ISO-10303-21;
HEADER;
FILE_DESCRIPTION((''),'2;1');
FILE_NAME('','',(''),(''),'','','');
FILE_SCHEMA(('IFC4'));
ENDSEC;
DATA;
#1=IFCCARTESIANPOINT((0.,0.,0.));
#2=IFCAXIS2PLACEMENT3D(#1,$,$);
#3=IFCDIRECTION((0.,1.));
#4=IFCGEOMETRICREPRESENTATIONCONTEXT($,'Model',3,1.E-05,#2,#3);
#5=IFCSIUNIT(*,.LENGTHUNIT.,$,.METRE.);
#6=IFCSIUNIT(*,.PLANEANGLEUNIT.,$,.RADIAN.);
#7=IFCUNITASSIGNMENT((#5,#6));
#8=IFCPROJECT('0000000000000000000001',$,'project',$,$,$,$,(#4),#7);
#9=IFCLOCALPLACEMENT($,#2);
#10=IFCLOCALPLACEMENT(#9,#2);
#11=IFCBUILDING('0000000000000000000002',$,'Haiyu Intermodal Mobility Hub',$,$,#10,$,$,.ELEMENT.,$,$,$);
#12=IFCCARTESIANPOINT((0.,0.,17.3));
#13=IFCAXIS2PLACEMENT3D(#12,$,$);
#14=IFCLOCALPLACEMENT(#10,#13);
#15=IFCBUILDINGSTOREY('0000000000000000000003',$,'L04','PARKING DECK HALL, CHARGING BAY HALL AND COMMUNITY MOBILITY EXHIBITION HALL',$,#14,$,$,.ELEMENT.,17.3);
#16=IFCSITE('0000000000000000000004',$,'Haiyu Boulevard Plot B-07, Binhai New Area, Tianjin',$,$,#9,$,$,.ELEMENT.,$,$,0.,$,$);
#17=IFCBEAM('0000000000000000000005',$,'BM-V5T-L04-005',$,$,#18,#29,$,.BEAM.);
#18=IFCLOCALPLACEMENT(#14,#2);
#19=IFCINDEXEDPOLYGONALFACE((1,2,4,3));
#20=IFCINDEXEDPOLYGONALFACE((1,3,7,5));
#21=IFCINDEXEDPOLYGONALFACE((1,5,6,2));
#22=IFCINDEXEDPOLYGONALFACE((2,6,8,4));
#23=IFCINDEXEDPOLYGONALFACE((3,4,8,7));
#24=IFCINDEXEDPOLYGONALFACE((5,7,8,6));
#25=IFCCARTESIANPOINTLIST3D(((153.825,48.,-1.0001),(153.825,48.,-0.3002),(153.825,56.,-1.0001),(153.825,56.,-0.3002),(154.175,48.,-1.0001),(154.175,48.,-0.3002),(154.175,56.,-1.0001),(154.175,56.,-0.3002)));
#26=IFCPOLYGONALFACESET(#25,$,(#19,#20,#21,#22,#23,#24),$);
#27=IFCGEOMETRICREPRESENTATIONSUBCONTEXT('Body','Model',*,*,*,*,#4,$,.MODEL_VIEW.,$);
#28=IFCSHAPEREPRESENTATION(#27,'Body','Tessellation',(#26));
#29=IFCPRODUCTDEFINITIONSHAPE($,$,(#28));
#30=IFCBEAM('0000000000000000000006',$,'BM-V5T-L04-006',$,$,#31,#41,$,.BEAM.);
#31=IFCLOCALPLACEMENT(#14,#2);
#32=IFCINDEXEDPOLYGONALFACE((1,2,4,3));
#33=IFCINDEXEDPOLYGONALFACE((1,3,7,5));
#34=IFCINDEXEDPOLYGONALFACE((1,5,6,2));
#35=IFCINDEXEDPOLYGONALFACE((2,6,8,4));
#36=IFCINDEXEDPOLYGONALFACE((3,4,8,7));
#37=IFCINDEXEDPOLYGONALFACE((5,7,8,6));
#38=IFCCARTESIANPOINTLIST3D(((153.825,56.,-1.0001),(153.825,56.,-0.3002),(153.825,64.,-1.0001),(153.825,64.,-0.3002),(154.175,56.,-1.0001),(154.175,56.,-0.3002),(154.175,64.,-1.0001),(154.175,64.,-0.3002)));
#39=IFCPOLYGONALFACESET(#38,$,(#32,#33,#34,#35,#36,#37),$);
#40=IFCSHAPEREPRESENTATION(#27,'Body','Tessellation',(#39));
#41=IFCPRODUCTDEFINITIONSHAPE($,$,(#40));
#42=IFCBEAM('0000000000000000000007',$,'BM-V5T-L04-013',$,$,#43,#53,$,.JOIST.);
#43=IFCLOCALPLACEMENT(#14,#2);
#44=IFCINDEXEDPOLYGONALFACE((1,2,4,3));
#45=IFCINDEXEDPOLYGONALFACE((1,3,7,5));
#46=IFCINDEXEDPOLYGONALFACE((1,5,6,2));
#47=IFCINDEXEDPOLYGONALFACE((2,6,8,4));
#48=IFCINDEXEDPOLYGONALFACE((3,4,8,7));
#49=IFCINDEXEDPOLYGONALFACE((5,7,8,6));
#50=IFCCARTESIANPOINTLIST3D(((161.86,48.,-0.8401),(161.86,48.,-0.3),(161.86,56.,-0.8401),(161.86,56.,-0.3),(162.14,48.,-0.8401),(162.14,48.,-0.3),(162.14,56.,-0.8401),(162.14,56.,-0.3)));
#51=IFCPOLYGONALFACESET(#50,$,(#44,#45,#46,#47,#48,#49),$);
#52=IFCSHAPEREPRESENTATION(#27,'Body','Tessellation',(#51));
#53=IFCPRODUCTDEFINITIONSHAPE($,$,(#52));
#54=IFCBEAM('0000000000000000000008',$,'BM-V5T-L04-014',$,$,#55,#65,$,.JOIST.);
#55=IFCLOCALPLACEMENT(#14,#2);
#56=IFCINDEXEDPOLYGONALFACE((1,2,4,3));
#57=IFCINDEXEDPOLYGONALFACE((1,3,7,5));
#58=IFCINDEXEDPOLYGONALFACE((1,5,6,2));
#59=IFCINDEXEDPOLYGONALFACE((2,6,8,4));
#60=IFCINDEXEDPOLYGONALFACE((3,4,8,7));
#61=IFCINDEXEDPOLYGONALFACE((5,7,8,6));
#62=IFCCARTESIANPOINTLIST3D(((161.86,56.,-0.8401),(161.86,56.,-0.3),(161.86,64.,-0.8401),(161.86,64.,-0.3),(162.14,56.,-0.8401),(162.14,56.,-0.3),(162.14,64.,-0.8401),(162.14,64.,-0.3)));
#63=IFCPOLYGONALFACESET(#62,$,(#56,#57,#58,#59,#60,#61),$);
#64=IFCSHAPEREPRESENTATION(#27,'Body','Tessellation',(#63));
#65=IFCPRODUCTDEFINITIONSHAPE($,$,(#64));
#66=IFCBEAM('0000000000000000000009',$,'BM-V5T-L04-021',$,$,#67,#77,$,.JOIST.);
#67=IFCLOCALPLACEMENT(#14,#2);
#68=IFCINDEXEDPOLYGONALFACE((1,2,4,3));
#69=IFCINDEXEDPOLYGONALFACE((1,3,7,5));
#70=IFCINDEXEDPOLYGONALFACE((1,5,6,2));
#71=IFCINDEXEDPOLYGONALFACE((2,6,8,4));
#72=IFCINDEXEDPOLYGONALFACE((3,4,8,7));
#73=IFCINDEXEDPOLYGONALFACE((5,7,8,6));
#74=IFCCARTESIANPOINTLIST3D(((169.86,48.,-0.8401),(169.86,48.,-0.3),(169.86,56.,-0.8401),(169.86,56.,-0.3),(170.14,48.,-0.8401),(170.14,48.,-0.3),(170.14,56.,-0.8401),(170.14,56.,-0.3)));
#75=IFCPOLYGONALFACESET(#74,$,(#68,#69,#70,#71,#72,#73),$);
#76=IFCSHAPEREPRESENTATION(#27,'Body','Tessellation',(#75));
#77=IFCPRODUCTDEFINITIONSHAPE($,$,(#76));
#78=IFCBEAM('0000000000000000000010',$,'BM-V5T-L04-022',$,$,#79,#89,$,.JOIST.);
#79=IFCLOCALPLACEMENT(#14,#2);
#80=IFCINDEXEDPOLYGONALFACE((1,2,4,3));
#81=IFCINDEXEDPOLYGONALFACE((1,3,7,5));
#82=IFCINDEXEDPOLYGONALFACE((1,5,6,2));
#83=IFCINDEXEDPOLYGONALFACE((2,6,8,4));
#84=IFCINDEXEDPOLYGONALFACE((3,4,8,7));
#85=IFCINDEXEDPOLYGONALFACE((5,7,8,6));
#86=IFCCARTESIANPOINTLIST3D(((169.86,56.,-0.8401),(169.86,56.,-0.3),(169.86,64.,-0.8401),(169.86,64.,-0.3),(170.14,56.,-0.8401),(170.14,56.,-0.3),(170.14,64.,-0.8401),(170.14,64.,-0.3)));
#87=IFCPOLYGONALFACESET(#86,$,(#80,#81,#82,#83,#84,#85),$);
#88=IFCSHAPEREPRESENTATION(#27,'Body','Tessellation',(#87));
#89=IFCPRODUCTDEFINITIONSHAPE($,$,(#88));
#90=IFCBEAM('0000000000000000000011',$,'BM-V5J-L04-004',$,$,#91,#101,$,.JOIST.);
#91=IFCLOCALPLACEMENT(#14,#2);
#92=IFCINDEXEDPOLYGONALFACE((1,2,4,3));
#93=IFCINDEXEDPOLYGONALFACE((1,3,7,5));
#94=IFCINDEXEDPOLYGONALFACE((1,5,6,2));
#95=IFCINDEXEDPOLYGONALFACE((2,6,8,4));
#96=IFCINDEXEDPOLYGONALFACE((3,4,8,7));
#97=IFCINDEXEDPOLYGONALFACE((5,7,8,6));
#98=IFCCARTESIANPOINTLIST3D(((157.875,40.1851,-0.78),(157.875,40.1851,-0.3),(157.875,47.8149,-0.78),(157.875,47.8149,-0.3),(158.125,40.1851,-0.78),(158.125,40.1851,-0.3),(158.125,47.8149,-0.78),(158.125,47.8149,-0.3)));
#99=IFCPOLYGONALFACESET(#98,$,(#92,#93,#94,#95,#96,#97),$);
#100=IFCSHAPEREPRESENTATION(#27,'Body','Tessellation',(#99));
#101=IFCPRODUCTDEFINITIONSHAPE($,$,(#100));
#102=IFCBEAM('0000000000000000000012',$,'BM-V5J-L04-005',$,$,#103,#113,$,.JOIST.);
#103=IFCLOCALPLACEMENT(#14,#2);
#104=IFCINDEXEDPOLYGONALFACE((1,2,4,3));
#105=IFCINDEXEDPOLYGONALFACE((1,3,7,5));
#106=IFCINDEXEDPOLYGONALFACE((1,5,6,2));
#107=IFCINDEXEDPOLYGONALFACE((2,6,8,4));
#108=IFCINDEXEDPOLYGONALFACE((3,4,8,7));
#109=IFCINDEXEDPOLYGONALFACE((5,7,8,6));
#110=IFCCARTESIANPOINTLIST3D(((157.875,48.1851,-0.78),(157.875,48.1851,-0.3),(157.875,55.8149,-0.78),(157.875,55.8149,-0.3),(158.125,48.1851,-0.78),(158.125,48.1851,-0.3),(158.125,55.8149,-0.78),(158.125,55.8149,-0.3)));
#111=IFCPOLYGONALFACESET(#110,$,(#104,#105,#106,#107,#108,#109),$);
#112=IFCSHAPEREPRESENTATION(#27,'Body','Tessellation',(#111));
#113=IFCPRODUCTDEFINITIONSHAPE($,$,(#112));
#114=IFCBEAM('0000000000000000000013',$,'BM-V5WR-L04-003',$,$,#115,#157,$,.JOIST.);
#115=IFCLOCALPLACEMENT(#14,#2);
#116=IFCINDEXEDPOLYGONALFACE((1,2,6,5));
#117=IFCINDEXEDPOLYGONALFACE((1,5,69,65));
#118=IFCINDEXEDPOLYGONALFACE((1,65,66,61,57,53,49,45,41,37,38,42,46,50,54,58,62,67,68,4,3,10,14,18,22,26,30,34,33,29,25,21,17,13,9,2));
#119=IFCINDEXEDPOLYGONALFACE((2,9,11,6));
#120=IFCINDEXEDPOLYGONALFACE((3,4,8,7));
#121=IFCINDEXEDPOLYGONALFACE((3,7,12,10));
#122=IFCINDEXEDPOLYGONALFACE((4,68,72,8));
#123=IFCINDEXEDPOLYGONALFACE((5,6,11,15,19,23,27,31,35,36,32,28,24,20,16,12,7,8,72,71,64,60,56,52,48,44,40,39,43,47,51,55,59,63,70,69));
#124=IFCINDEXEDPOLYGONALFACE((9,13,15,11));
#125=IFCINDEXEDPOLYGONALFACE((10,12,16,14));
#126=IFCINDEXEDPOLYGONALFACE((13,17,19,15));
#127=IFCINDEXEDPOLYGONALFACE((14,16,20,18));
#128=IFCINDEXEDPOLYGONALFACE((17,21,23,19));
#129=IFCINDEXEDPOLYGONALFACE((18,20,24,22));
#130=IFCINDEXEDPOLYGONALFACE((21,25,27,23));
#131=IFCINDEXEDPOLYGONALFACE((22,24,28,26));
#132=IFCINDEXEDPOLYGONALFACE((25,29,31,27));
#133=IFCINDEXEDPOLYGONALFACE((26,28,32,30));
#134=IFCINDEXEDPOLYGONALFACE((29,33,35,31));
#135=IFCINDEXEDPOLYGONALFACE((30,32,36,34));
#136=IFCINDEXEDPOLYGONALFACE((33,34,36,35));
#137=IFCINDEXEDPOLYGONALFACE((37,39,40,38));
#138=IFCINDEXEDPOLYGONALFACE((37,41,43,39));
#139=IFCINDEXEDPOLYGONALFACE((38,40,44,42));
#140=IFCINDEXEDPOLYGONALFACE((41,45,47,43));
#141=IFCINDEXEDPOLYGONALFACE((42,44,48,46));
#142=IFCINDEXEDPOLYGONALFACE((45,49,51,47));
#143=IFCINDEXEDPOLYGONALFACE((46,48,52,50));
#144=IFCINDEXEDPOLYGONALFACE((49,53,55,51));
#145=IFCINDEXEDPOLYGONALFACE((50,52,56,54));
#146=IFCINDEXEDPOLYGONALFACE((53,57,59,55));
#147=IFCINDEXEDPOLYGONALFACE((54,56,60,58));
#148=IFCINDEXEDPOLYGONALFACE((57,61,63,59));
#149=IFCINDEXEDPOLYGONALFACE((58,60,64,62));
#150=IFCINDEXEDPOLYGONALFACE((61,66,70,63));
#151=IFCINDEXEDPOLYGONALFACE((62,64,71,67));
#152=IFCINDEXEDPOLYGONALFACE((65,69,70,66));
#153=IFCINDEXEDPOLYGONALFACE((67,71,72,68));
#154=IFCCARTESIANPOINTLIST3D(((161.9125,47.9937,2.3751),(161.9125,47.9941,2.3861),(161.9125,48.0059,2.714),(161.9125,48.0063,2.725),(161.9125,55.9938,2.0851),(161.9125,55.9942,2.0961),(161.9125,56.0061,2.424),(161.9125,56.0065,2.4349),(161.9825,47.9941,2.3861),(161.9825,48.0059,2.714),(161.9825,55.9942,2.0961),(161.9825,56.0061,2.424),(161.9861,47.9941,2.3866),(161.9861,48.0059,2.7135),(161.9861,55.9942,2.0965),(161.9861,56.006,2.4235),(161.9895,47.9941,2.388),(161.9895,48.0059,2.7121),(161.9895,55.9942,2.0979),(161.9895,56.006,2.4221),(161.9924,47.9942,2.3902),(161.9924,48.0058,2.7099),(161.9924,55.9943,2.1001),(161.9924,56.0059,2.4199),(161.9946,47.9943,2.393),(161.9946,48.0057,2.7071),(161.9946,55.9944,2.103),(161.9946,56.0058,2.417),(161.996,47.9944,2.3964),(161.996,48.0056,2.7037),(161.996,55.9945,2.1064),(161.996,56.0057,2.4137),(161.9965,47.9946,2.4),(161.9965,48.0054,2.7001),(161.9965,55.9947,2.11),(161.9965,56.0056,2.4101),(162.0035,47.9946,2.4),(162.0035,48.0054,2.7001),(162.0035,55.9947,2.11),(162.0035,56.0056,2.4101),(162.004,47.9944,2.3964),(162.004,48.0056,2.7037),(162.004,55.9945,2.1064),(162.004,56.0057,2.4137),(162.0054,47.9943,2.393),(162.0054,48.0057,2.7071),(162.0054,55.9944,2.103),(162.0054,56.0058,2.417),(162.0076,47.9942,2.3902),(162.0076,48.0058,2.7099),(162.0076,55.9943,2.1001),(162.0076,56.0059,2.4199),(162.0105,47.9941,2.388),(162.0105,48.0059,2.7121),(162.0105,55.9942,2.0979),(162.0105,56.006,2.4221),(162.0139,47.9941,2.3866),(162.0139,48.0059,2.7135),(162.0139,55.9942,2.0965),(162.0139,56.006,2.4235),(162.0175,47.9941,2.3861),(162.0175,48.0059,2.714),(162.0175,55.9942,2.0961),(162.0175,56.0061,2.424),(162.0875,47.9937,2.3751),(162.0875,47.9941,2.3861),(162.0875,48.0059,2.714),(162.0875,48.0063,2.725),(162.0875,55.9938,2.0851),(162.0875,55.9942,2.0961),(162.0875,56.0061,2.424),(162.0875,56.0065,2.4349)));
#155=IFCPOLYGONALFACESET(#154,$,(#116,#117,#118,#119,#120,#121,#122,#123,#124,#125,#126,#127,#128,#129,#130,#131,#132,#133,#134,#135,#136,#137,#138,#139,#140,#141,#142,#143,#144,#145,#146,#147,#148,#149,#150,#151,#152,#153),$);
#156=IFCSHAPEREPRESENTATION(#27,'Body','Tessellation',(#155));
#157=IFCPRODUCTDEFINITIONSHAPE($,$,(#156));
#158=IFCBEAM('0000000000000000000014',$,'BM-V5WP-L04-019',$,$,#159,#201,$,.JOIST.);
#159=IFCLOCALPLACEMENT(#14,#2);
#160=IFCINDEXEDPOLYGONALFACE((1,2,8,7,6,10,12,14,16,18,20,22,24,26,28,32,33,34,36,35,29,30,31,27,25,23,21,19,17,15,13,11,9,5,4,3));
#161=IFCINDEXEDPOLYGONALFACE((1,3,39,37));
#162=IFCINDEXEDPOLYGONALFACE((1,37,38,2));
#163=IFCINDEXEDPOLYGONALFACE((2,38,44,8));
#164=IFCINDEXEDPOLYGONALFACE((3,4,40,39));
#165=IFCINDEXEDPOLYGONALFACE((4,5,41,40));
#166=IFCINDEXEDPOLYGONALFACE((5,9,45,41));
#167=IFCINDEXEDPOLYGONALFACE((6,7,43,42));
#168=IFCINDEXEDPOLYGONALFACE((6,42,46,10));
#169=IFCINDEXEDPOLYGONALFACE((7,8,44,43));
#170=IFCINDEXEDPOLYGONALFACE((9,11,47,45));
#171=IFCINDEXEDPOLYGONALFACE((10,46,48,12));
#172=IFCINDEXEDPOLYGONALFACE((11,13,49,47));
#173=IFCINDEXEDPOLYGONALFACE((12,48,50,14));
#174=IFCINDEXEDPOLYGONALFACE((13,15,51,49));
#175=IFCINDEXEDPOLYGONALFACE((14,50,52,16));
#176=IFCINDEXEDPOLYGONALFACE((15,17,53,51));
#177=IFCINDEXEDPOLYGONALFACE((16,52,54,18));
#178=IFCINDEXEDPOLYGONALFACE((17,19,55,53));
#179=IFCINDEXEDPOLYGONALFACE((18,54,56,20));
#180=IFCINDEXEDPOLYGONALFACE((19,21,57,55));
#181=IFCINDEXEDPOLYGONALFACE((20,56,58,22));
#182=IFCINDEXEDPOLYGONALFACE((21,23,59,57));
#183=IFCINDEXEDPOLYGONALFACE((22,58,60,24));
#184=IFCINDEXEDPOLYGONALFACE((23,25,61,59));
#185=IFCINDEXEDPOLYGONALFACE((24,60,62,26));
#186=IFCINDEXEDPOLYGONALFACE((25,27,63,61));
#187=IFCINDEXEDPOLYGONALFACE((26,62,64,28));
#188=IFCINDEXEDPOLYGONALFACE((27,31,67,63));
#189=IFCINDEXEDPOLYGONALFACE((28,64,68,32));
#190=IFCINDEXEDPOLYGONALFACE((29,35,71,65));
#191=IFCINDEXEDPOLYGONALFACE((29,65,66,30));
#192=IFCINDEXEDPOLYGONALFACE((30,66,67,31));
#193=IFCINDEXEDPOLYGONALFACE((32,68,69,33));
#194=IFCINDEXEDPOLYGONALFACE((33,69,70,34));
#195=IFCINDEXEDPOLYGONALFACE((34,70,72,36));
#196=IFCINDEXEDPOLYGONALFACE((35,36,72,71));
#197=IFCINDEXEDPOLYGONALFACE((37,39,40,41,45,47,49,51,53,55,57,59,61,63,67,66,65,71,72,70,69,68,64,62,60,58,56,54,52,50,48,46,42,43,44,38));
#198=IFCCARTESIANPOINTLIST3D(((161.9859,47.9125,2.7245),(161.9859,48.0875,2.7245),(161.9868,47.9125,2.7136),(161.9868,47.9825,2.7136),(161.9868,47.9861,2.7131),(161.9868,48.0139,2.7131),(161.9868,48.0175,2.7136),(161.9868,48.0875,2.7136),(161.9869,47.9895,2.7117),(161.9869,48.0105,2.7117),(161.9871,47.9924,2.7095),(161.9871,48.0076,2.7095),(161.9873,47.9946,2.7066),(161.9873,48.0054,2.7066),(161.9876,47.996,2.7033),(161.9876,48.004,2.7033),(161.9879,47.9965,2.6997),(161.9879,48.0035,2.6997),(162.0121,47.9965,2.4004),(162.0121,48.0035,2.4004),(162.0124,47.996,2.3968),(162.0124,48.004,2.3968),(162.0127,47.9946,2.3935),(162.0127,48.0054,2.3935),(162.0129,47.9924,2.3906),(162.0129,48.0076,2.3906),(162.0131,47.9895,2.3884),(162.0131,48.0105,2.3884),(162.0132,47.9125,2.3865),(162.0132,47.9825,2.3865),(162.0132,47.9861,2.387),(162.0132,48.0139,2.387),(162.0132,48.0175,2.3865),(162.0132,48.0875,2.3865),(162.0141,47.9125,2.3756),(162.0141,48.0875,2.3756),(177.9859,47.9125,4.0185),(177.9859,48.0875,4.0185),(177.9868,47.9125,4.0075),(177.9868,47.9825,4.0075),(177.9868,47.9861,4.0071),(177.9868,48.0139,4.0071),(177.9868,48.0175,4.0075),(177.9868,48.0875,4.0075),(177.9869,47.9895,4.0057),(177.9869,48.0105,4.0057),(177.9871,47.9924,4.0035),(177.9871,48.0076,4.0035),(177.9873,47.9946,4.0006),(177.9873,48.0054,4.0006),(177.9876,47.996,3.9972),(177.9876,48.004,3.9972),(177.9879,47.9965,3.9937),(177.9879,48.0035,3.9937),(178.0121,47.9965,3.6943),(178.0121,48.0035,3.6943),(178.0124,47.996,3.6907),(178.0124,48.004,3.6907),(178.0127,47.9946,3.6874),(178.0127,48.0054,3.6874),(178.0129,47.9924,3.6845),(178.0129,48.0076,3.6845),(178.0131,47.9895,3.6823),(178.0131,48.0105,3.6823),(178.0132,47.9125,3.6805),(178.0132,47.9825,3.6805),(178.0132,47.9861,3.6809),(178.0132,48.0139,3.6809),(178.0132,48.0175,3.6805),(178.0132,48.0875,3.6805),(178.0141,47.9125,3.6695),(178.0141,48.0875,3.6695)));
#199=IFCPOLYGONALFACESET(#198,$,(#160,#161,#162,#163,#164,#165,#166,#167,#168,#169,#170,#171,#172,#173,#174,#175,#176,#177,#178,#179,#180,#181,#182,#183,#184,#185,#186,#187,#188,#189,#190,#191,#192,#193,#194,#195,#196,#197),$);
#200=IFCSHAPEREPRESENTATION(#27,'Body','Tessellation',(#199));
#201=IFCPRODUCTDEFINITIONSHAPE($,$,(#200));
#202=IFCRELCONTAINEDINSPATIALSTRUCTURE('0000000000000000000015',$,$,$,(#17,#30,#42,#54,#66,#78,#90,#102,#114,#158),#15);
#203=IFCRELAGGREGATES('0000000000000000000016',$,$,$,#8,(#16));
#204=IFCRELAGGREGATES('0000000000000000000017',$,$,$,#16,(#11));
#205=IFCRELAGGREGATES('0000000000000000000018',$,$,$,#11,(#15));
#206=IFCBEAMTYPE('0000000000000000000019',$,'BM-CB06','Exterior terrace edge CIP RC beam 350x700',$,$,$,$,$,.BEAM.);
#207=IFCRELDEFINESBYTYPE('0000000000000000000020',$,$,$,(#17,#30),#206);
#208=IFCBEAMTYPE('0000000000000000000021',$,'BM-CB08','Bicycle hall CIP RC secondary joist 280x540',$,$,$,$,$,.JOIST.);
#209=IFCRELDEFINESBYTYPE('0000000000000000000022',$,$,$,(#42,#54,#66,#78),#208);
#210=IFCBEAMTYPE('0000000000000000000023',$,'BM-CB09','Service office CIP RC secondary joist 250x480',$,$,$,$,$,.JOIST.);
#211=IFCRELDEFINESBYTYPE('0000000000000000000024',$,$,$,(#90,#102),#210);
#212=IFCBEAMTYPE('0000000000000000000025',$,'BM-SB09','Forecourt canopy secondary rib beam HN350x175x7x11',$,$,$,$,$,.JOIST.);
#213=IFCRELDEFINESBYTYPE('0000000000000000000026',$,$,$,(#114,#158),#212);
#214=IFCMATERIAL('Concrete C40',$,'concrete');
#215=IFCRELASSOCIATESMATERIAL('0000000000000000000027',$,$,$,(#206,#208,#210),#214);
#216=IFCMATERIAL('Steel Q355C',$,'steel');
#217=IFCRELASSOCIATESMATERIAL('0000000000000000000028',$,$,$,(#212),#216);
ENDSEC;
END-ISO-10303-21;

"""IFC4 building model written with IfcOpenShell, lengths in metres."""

from ifc_helpers import new_model, si_unit, direction, frame, origin, origin_2d, place, context, subcontext, project, spatial, rectangle, i_section, extrude, material, material_profile, profile_set, type_object, element, save


model = new_model("IFC4")

# Units and contexts
model_context = context("Model", 3, precision=1e-05, world=origin(), true_north=direction((0.0, 1.0)))
body_context = subcontext(model_context, "Body", "Model", "MODEL_VIEW")
ifc_project = project(units=[si_unit("LENGTHUNIT", "METRE"), si_unit("PLANEANGLEUNIT", "RADIAN")], contexts=[model_context])

# Site, building, storey
site_placement = place(None, origin())
site = spatial("IfcSite", under=ifc_project, at=site_placement, Name="Haiyu Boulevard Plot B-07, Binhai New Area, Tianjin", CompositionType="ELEMENT", RefElevation=0.0)
building_placement = place(site_placement, origin())
building = spatial("IfcBuilding", under=site, at=building_placement, Name="Haiyu Intermodal Mobility Hub", CompositionType="ELEMENT")
storey_placement = place(building_placement, frame((0.0, 0.0, 17.3)))
storey = spatial("IfcBuildingStorey", under=building, at=storey_placement, Name="L04", Description="PARKING DECK HALL, CHARGING BAY HALL AND COMMUNITY MOBILITY EXHIBITION HALL", CompositionType="ELEMENT", Elevation=17.3)

# Shared definitions
ifc_material_1 = material(Name="Steel Q355C", Category="steel")

# Beams
ifc_material_2 = material(Name="Concrete C40", Category="concrete")
ifc_material_profile_1 = material_profile(ifc_material_2, rectangle(XDim=0.3501, YDim=0.7, at=origin_2d()), Name="RCB350x700")
ifc_profile_set_1 = profile_set([ifc_material_profile_1], Name="Concrete C40")
beam_type_1 = type_object("IfcBeamType", Name="BM-CB06", Description="Exterior terrace edge CIP RC beam 350x700", PredefinedType="BEAM", material=ifc_profile_set_1)
for number, where, z_axis, x_axis, name in (
    (1, (154.0, 48.0, -0.6501), (0.0, 1.0, 0.0), (-1.0, 0.0, 0.0), "BM-V5T-L04-005"),
    (2, (154.0, 56.0, -0.6501), (0.0, 1.0, 0.0), (-1.0, 0.0, 0.0), "BM-V5T-L04-006"),
):
    element("IfcBeam", number, at=place(storey_placement, frame(where, z_axis=z_axis, x_axis=x_axis)), inside=storey, type_object=beam_type_1, Name=name, PredefinedType="BEAM", context=body_context, shape_type="SweptSolid", body=[
        extrude(rectangle(XDim=0.3501, YDim=0.7, at=origin_2d()), origin(), (0.0, 0.0, 1.0), 8.0),
    ])
ifc_material_profile_2 = material_profile(ifc_material_2, rectangle(XDim=0.28, YDim=0.54, at=origin_2d()), Name="RCB280x540")
ifc_profile_set_2 = profile_set([ifc_material_profile_2], Name="Concrete C40")
beam_type_2 = type_object("IfcBeamType", Name="BM-CB08", Description="Bicycle hall CIP RC secondary joist 280x540", PredefinedType="JOIST", material=ifc_profile_set_2)
for number, where, z_axis, x_axis, name in (
    (3, (162.0, 48.0, -0.5701), (0.0, 1.0, 0.0), (-1.0, 0.0, 0.0), "BM-V5T-L04-013"),
    (4, (162.0, 56.0, -0.5701), (0.0, 1.0, 0.0), (-1.0, 0.0, 0.0), "BM-V5T-L04-014"),
    (5, (170.0, 48.0, -0.5701), (0.0, 1.0, 0.0), (-1.0, 0.0, 0.0), "BM-V5T-L04-021"),
    (6, (170.0, 56.0, -0.5701), (0.0, 1.0, 0.0), (-1.0, 0.0, 0.0), "BM-V5T-L04-022"),
):
    element("IfcBeam", number, at=place(storey_placement, frame(where, z_axis=z_axis, x_axis=x_axis)), inside=storey, type_object=beam_type_2, Name=name, PredefinedType="JOIST", context=body_context, shape_type="SweptSolid", body=[
        extrude(rectangle(XDim=0.28, YDim=0.54, at=origin_2d()), origin(), (0.0, 0.0, 1.0), 8.0),
    ])
ifc_material_profile_3 = material_profile(ifc_material_2, rectangle(XDim=0.25, YDim=0.48, at=origin_2d()), Name="RCB250x480")
ifc_profile_set_3 = profile_set([ifc_material_profile_3], Name="Concrete C40")
beam_type_3 = type_object("IfcBeamType", Name="BM-CB09", Description="Service office CIP RC secondary joist 250x480", PredefinedType="JOIST", material=ifc_profile_set_3)
for number, where, z_axis, x_axis, name in (
    (7, (158.0, 40.1851, -0.54), (0.0, 1.0, 0.0), (-1.0, 0.0, 0.0), "BM-V5J-L04-004"),
    (8, (158.0, 48.1851, -0.54), (0.0, 1.0, 0.0), (-1.0, 0.0, 0.0), "BM-V5J-L04-005"),
):
    element("IfcBeam", number, at=place(storey_placement, frame(where, z_axis=z_axis, x_axis=x_axis)), inside=storey, type_object=beam_type_3, Name=name, PredefinedType="JOIST", context=body_context, shape_type="SweptSolid", body=[
        extrude(rectangle(XDim=0.25, YDim=0.48, at=origin_2d()), origin(), (0.0, 0.0, 1.0), 7.6299),
    ])
ifc_material_profile_4 = material_profile(ifc_material_1, i_section(OverallWidth=0.175, OverallDepth=0.3501, WebThickness=0.0071, FlangeThickness=0.011, FilletRadius=0.0139, at=origin_2d()), Name="HN350x175x7x11")
ifc_profile_set_4 = profile_set([ifc_material_profile_4], Name="Steel Q355C")
beam_type_4 = type_object("IfcBeamType", Name="BM-SB09", Description="Forecourt canopy secondary rib beam HN350x175x7x11", PredefinedType="JOIST", material=ifc_profile_set_4)
beam_placement = place(storey_placement, frame((162.0, 48.0, 2.55), z_axis=(0.0, 0.999343, -0.036231), x_axis=(-1.0, 0.0, 0.0)))
element("IfcBeam", 9, at=beam_placement, inside=storey, type_object=beam_type_4, Name="BM-V5WR-L04-003", PredefinedType="JOIST", context=body_context, shape_type="SweptSolid", body=[
    extrude(i_section(OverallWidth=0.175, OverallDepth=0.3501, WebThickness=0.0071, FlangeThickness=0.011, FilletRadius=0.0139, at=origin_2d()), origin(), (0.0, 0.0, 1.0), 8.0054),
])
for number, where, z_axis, x_axis, name in (
    (10, (162.0, 48.0, 2.55), (0.996746, 0.0, 0.080608), (0.0, 1.0, 0.0), "BM-V5WP-L04-019"),
):
    element("IfcBeam", number, at=place(storey_placement, frame(where, z_axis=z_axis, x_axis=x_axis)), inside=storey, type_object=beam_type_4, Name=name, PredefinedType="JOIST", context=body_context, shape_type="SweptSolid", body=[
        extrude(i_section(OverallWidth=0.175, OverallDepth=0.3501, WebThickness=0.0071, FlangeThickness=0.011, FilletRadius=0.0139, at=origin_2d()), origin(), (0.0, 0.0, 1.0), 16.0522),
    ])

save(model, "model.ifc")
